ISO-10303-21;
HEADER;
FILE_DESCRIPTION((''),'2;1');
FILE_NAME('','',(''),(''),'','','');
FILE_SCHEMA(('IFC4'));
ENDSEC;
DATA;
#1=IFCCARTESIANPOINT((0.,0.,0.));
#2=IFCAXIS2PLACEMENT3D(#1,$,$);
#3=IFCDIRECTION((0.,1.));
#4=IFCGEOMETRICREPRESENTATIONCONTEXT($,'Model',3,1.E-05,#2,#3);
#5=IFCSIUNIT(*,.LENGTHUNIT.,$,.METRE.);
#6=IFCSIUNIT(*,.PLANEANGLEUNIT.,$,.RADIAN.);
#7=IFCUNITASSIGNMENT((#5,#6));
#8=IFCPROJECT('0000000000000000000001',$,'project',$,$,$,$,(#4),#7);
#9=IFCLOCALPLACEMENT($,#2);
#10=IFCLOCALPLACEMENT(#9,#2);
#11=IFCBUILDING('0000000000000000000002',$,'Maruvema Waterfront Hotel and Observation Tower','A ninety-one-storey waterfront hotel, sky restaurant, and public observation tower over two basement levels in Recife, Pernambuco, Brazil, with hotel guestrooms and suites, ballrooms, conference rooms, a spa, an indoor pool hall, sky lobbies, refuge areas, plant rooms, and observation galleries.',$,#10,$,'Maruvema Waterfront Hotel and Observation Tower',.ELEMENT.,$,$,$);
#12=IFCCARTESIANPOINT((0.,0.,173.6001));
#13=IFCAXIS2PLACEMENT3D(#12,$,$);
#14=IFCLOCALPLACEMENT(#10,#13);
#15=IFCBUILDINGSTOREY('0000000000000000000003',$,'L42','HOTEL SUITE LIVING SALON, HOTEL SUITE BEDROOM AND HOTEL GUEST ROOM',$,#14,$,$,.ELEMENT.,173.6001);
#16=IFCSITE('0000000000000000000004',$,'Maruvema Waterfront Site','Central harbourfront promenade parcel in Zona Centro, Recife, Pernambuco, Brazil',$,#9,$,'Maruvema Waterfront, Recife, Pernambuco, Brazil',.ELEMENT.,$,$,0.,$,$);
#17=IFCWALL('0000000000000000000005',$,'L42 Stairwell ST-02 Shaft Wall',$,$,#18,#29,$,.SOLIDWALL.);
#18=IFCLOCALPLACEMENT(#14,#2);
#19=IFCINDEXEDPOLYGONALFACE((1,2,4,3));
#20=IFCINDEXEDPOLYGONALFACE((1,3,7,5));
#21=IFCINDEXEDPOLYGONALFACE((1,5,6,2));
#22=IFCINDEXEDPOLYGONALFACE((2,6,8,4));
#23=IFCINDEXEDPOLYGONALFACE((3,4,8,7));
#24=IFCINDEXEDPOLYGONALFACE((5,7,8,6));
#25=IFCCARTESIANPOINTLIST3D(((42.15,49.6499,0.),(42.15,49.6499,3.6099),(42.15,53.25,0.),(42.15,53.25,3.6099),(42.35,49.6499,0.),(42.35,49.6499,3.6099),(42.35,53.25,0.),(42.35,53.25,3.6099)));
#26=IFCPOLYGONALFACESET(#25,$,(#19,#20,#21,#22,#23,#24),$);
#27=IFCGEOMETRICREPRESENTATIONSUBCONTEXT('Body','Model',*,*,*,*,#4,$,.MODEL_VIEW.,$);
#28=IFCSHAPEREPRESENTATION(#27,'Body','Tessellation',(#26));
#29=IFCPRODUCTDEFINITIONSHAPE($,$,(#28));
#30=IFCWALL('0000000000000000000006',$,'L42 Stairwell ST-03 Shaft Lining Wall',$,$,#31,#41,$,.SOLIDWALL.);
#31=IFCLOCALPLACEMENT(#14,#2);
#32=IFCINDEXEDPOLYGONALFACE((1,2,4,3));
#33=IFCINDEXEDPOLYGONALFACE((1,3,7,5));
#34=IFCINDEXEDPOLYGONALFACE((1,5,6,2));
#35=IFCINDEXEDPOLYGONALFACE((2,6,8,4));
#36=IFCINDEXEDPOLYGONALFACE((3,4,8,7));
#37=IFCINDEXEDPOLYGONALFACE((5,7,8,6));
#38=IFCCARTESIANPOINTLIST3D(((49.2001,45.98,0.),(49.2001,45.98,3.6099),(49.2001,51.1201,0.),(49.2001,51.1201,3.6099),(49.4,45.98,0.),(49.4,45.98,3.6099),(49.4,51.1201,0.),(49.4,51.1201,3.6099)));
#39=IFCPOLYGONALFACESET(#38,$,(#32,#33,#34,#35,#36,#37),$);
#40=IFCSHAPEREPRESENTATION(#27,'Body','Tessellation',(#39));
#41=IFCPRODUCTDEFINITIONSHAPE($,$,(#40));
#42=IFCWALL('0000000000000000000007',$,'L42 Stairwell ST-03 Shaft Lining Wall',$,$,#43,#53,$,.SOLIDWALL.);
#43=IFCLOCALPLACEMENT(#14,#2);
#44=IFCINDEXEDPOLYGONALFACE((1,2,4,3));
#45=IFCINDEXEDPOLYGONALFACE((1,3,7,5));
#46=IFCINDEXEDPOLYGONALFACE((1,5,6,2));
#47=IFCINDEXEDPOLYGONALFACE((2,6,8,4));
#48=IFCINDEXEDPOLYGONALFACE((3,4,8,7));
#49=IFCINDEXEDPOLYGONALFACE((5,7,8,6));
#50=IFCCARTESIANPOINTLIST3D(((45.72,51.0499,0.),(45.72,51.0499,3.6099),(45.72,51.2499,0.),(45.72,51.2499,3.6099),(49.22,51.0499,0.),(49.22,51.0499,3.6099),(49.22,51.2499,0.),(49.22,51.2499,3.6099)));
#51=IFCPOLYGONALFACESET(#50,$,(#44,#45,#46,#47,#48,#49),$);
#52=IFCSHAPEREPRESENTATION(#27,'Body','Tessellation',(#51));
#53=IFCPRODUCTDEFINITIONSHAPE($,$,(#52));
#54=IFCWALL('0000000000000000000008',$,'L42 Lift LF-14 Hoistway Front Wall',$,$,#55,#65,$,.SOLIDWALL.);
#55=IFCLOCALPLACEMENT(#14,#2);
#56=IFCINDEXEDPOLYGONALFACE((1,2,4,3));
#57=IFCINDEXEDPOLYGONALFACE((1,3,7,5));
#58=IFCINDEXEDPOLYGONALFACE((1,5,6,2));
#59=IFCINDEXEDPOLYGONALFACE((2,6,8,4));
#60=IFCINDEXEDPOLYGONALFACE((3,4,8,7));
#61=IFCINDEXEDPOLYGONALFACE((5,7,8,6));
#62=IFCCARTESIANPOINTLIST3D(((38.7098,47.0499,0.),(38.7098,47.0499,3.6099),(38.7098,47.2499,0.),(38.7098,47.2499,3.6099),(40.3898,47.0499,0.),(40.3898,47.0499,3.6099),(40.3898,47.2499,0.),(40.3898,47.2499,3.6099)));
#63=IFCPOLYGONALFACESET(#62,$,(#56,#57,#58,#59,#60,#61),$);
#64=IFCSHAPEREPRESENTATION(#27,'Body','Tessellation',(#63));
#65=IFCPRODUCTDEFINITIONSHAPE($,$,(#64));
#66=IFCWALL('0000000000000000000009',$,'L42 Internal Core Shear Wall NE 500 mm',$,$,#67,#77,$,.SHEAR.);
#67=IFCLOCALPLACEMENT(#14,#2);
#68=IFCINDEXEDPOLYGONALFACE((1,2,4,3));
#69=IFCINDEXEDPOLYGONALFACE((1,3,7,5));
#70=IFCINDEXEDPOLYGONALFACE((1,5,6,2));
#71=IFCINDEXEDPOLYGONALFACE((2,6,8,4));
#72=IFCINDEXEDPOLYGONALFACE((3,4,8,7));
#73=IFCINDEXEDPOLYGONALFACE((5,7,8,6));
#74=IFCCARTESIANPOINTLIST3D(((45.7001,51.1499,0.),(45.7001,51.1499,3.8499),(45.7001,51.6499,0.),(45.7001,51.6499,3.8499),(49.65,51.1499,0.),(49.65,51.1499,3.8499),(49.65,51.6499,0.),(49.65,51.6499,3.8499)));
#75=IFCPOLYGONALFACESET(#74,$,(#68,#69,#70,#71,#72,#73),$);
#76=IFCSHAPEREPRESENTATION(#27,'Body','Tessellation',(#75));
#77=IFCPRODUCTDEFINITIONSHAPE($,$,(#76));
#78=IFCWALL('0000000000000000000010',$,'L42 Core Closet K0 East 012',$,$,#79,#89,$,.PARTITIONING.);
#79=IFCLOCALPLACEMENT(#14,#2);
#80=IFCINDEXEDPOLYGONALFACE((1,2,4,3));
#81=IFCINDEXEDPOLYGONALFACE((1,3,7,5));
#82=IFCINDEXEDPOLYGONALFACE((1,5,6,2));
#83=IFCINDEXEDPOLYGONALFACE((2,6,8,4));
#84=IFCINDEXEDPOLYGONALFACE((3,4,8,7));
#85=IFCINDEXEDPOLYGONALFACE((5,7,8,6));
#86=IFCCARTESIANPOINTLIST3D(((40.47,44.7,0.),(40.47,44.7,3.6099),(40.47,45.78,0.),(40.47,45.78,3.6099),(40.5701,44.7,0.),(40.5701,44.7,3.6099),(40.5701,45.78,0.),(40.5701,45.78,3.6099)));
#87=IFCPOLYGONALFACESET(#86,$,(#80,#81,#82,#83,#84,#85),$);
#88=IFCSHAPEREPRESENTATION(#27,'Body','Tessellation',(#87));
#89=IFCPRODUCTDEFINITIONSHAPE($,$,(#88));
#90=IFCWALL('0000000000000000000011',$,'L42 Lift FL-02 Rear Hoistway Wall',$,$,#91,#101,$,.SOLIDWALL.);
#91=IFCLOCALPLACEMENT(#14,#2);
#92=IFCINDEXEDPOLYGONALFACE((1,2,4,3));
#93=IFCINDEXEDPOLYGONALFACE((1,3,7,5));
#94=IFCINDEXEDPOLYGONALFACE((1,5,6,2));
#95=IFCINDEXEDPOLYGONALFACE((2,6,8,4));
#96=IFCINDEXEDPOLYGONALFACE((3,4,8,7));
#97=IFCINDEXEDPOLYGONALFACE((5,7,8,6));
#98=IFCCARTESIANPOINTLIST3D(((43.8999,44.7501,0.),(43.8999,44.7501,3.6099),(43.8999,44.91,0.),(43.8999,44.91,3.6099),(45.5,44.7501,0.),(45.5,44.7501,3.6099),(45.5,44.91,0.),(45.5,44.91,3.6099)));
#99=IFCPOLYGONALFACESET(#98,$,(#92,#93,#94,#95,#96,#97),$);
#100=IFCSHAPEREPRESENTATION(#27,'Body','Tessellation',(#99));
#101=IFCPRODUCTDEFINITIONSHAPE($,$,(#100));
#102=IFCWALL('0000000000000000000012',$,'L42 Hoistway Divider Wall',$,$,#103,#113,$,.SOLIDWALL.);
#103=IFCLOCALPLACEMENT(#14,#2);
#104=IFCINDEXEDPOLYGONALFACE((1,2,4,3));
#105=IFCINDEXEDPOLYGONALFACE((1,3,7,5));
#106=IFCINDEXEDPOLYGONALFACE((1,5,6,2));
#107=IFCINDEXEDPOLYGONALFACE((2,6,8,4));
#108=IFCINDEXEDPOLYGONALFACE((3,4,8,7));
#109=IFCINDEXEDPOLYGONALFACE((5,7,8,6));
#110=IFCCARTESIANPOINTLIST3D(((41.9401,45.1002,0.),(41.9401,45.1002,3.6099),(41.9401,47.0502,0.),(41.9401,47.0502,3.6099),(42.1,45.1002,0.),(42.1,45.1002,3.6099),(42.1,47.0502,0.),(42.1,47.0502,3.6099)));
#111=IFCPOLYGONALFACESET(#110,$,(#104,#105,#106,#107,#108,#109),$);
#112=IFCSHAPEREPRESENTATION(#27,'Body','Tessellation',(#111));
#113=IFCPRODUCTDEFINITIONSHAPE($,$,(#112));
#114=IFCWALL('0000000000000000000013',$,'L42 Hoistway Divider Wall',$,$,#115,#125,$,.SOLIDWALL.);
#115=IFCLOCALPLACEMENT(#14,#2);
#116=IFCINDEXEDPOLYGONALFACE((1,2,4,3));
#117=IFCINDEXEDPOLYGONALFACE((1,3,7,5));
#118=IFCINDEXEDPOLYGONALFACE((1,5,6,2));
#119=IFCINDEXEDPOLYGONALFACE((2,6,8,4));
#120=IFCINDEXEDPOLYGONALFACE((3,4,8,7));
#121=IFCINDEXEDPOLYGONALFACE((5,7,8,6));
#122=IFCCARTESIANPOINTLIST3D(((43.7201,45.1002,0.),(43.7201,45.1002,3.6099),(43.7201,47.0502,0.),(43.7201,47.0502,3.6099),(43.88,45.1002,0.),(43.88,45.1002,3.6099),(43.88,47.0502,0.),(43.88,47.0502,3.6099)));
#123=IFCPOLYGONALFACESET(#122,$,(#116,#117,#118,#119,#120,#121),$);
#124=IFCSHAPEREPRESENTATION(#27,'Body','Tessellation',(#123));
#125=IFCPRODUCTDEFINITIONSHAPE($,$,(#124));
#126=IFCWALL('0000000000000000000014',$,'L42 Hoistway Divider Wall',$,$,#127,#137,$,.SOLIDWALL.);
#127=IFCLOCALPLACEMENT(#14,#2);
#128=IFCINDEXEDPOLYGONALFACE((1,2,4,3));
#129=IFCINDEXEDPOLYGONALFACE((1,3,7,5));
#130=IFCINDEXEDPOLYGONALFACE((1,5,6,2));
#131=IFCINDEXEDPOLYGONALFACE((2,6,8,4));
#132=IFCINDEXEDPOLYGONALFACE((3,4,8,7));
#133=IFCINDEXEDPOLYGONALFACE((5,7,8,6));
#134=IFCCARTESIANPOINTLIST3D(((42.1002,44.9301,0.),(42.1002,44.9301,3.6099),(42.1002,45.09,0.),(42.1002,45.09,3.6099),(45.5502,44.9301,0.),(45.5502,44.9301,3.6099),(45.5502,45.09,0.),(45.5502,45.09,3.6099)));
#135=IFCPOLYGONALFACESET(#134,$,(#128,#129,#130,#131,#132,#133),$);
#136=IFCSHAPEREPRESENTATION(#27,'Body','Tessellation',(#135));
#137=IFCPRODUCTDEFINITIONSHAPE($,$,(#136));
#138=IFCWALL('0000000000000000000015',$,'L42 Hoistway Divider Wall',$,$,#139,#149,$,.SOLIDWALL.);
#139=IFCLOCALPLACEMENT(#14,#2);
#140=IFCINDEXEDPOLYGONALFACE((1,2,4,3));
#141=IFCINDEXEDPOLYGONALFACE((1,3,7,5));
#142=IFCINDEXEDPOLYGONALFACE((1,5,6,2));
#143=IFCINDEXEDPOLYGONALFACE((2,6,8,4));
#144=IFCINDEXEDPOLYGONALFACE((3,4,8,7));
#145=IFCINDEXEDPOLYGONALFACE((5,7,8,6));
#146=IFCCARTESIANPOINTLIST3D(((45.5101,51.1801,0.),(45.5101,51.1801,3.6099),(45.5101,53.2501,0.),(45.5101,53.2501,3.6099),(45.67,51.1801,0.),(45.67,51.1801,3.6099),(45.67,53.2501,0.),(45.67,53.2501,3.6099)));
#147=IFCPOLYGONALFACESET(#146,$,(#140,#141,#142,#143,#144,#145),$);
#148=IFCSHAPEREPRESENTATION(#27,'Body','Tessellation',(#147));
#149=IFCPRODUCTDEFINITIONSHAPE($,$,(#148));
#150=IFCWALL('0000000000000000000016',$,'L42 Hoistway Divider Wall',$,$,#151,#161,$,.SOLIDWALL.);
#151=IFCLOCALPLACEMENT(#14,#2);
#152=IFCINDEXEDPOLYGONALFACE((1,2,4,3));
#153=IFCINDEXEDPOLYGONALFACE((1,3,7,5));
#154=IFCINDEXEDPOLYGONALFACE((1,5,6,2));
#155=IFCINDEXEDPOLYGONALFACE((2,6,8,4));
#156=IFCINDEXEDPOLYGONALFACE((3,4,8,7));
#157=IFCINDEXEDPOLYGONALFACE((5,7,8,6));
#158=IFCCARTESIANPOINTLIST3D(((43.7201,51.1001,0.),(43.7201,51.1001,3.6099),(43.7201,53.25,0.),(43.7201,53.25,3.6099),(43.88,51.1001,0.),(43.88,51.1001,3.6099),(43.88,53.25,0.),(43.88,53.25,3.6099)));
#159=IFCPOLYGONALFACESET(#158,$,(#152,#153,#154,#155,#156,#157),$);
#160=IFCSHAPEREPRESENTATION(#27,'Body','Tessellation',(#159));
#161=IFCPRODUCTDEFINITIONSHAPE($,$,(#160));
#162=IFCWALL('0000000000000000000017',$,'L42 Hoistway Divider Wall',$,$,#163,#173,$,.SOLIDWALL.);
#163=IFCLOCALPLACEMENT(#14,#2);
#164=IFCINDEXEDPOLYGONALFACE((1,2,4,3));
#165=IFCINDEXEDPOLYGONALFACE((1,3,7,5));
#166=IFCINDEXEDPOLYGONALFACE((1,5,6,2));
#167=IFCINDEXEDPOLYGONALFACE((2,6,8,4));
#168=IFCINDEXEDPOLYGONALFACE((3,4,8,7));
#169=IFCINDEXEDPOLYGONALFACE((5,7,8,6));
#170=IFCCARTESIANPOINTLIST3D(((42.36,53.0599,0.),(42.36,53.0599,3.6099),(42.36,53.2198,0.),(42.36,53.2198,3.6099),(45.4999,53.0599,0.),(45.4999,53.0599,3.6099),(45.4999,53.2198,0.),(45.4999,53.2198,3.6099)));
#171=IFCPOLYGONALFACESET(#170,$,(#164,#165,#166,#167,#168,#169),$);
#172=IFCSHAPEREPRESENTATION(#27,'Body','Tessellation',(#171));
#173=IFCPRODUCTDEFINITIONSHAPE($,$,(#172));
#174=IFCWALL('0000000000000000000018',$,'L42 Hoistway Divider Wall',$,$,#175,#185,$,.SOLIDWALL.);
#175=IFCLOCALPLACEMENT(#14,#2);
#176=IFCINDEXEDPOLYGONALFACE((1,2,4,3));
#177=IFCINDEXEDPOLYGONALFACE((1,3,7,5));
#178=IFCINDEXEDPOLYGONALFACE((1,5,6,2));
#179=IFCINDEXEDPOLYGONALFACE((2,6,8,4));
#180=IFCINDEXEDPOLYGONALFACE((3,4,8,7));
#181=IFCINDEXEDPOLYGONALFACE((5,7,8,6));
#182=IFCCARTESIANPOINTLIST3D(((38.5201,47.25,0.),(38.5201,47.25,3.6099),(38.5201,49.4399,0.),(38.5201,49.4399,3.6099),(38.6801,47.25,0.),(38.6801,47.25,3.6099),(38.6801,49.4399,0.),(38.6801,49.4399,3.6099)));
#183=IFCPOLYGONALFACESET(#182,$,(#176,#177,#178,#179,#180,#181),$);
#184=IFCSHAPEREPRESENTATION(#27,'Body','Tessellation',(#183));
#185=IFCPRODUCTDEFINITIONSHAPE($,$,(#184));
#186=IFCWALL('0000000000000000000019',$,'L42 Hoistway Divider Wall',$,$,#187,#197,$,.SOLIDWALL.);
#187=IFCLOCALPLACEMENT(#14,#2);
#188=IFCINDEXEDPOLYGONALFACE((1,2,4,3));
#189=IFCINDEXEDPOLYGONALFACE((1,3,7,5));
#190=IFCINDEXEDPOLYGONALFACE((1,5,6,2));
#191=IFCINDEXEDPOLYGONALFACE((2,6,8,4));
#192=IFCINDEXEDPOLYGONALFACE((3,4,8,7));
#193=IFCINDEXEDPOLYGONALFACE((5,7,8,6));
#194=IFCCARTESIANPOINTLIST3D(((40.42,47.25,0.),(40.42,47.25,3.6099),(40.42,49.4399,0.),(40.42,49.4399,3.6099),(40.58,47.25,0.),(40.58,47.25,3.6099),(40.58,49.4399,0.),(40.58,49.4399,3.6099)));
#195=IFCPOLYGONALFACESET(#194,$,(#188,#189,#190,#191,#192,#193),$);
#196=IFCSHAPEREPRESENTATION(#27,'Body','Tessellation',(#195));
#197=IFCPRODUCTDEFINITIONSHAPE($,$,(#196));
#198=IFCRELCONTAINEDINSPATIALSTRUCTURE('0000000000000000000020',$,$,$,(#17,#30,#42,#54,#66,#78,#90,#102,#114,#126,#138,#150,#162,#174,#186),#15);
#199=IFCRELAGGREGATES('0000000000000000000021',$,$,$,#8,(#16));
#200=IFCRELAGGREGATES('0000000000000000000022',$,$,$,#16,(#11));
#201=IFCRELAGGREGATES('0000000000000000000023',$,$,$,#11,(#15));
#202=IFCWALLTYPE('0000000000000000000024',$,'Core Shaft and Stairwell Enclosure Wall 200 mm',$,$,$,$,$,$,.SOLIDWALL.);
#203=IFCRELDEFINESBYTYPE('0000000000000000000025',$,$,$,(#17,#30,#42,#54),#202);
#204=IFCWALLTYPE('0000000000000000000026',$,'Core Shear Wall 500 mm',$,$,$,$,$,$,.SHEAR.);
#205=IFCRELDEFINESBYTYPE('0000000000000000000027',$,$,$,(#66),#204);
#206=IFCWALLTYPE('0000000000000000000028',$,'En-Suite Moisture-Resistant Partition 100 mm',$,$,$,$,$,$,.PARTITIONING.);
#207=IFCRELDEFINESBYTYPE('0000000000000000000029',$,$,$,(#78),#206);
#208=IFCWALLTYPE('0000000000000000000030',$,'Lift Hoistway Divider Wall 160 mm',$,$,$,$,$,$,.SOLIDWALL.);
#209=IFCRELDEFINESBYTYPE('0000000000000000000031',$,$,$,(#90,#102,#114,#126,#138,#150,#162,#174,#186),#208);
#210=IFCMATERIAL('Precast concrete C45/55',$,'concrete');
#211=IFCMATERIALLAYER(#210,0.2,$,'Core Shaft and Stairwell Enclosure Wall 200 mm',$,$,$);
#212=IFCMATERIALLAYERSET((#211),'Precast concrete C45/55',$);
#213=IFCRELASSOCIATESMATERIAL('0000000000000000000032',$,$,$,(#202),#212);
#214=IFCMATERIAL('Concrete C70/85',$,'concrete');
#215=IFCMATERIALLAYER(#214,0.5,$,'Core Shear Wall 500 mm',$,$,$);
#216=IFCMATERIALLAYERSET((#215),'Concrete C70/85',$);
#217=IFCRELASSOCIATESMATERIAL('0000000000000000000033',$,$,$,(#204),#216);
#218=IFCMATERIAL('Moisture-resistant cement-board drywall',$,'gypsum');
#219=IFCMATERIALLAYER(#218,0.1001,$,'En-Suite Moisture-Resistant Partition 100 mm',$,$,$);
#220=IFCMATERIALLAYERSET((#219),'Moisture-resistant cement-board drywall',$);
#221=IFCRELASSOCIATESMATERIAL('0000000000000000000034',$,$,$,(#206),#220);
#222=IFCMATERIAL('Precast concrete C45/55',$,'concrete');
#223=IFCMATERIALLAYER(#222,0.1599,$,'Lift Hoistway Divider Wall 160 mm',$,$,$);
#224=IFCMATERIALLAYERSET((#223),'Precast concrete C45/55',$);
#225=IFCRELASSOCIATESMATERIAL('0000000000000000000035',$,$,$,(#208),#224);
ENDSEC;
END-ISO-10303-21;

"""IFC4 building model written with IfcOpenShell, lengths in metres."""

from ifc_helpers import new_model, si_unit, direction, frame, frame_2d, origin, place, context, subcontext, project, spatial, rectangle, extrude, material, layer, layer_set, type_object, element, save


model = new_model("IFC4")

# Units and contexts
model_context = context("Model", 3, precision=1e-05, world=origin(), true_north=direction((0.0, 1.0)))
body_context = subcontext(model_context, "Body", "Model", "MODEL_VIEW")
ifc_project = project(units=[si_unit("LENGTHUNIT", "METRE"), si_unit("PLANEANGLEUNIT", "RADIAN")], contexts=[model_context])

# Site, building, storey
site_placement = place(None, origin())
site = spatial("IfcSite", under=ifc_project, at=site_placement, Name="Maruvema Waterfront Site", Description="Central harbourfront promenade parcel in Zona Centro, Recife, Pernambuco, Brazil", LongName="Maruvema Waterfront, Recife, Pernambuco, Brazil", CompositionType="ELEMENT", RefElevation=0.0)
building_placement = place(site_placement, origin())
building = spatial("IfcBuilding", under=site, at=building_placement, Name="Maruvema Waterfront Hotel and Observation Tower", Description="A ninety-one-storey waterfront hotel, sky restaurant, and public observation tower over two basement levels in Recife, Pernambuco, Brazil, with hotel guestrooms and suites, ballrooms, conference rooms, a spa, an indoor pool hall, sky lobbies, refuge areas, plant rooms, and observation galleries.", LongName="Maruvema Waterfront Hotel and Observation Tower", CompositionType="ELEMENT")
storey_placement = place(building_placement, frame((0.0, 0.0, 173.6001)))
storey = spatial("IfcBuildingStorey", under=building, at=storey_placement, Name="L42", Description="HOTEL SUITE LIVING SALON, HOTEL SUITE BEDROOM AND HOTEL GUEST ROOM", CompositionType="ELEMENT", Elevation=173.6001)

# Walls
ifc_material_1 = material(Name="Precast concrete C45/55", Category="concrete")
ifc_layer_1 = layer(ifc_material_1, 0.2, Name="Core Shaft and Stairwell Enclosure Wall 200 mm")
ifc_layer_set_1 = layer_set([ifc_layer_1], Name="Precast concrete C45/55")
wall_type_1 = type_object("IfcWallType", Name="Core Shaft and Stairwell Enclosure Wall 200 mm", PredefinedType="SOLIDWALL", material=ifc_layer_set_1)
wall_1_placement = place(storey_placement, frame((42.25, 49.6499, 0.0), z_axis=(0.0, 0.0, 1.0), x_axis=(0.0, 1.0, 0.0)))
element("IfcWall", 1, at=wall_1_placement, inside=storey, type_object=wall_type_1, Name="L42 Stairwell ST-02 Shaft Wall", PredefinedType="SOLIDWALL", context=body_context, shape_type="SweptSolid", body=[
    extrude(rectangle(XDim=3.6001, YDim=0.2, at=frame_2d((1.8, 0.0))), origin(), (0.0, 0.0, 1.0), 3.6099),
])
wall_2_placement = place(storey_placement, frame((49.3, 45.98, 0.0), z_axis=(0.0, 0.0, 1.0), x_axis=(0.0, 1.0, 0.0)))
element("IfcWall", 2, at=wall_2_placement, inside=storey, type_object=wall_type_1, Name="L42 Stairwell ST-03 Shaft Lining Wall", PredefinedType="SOLIDWALL", context=body_context, shape_type="SweptSolid", body=[
    extrude(rectangle(XDim=5.1401, YDim=0.2, at=frame_2d((2.5701, 0.0))), origin(), (0.0, 0.0, 1.0), 3.6099),
])
wall_3_placement = place(storey_placement, frame((45.72, 51.1499, 0.0), z_axis=(0.0, 0.0, 1.0), x_axis=(1.0, 0.0, 0.0)))
element("IfcWall", 3, at=wall_3_placement, inside=storey, type_object=wall_type_1, Name="L42 Stairwell ST-03 Shaft Lining Wall", PredefinedType="SOLIDWALL", context=body_context, shape_type="SweptSolid", body=[
    extrude(rectangle(XDim=3.5, YDim=0.2, at=frame_2d((1.75, 0.0))), origin(), (0.0, 0.0, 1.0), 3.6099),
])

# Walls
wall_4_placement = place(storey_placement, frame((38.71, 47.1499, 0.0), z_axis=(0.0, 0.0, 1.0), x_axis=(1.0, 0.0, 0.0)))
element("IfcWall", 4, at=wall_4_placement, inside=storey, type_object=wall_type_1, Name="L42 Lift LF-14 Hoistway Front Wall", PredefinedType="SOLIDWALL", context=body_context, shape_type="SweptSolid", body=[
    extrude(rectangle(XDim=1.6799, YDim=0.2, at=frame_2d((0.8398, 0.0))), origin(), (0.0, 0.0, 1.0), 3.6099),
])
ifc_material_2 = material(Name="Concrete C70/85", Category="concrete")
ifc_layer_2 = layer(ifc_material_2, 0.5, Name="Core Shear Wall 500 mm")
ifc_layer_set_2 = layer_set([ifc_layer_2], Name="Concrete C70/85")
wall_type_2 = type_object("IfcWallType", Name="Core Shear Wall 500 mm", PredefinedType="SHEAR", material=ifc_layer_set_2)
wall_5_placement = place(storey_placement, frame((45.7, 51.3999, 0.0), z_axis=(0.0, 0.0, 1.0), x_axis=(1.0, 0.0, 0.0)))
element("IfcWall", 5, at=wall_5_placement, inside=storey, type_object=wall_type_2, Name="L42 Internal Core Shear Wall NE 500 mm", PredefinedType="SHEAR", context=body_context, shape_type="SweptSolid", body=[
    extrude(rectangle(XDim=3.95, YDim=0.5, at=frame_2d((1.9751, 0.0))), origin(), (0.0, 0.0, 1.0), 3.8499),
])
ifc_material_3 = material(Name="Moisture-resistant cement-board drywall", Category="gypsum")
ifc_layer_3 = layer(ifc_material_3, 0.1001, Name="En-Suite Moisture-Resistant Partition 100 mm")
ifc_layer_set_3 = layer_set([ifc_layer_3], Name="Moisture-resistant cement-board drywall")
wall_type_3 = type_object("IfcWallType", Name="En-Suite Moisture-Resistant Partition 100 mm", PredefinedType="PARTITIONING", material=ifc_layer_set_3)
wall_6_placement = place(storey_placement, frame((40.52, 44.7, 0.0), z_axis=(0.0, 0.0, 1.0), x_axis=(0.0, 1.0, 0.0)))
element("IfcWall", 6, at=wall_6_placement, inside=storey, type_object=wall_type_3, Name="L42 Core Closet K0 East 012", PredefinedType="PARTITIONING", context=body_context, shape_type="SweptSolid", body=[
    extrude(rectangle(XDim=1.0801, YDim=0.1001, at=frame_2d((0.54, 0.0))), origin(), (0.0, 0.0, 1.0), 3.6099),
])
ifc_material_4 = material(Name="Precast concrete C45/55", Category="concrete")
ifc_layer_4 = layer(ifc_material_4, 0.1599, Name="Lift Hoistway Divider Wall 160 mm")
ifc_layer_set_4 = layer_set([ifc_layer_4], Name="Precast concrete C45/55")
wall_type_4 = type_object("IfcWallType", Name="Lift Hoistway Divider Wall 160 mm", PredefinedType="SOLIDWALL", material=ifc_layer_set_4)
wall_7_placement = place(storey_placement, frame((43.8999, 44.8301, 0.0), z_axis=(0.0, 0.0, 1.0), x_axis=(1.0, 0.0, 0.0)))
element("IfcWall", 7, at=wall_7_placement, inside=storey, type_object=wall_type_4, Name="L42 Lift FL-02 Rear Hoistway Wall", PredefinedType="SOLIDWALL", context=body_context, shape_type="SweptSolid", body=[
    extrude(rectangle(XDim=1.6001, YDim=0.1599, at=frame_2d((0.8, 0.0))), origin(), (0.0, 0.0, 1.0), 3.6099),
])
for number, where, z_axis, x_axis, name in (
    (8, (42.02, 45.1001, 0.0), (0.0, 0.0, 1.0), (0.0, 1.0, 0.0), "L42 Hoistway Divider Wall"),
    (9, (43.8, 45.1001, 0.0), (0.0, 0.0, 1.0), (0.0, 1.0, 0.0), "L42 Hoistway Divider Wall"),
):
    element("IfcWall", number, at=place(storey_placement, frame(where, z_axis=z_axis, x_axis=x_axis)), inside=storey, type_object=wall_type_4, Name=name, PredefinedType="SOLIDWALL", context=body_context, shape_type="SweptSolid", body=[
        extrude(rectangle(XDim=1.95, YDim=0.1599, at=frame_2d((0.9751, 0.0))), origin(), (0.0, 0.0, 1.0), 3.6099),
    ])
wall_8_placement = place(storey_placement, frame((42.1001, 45.01, 0.0), z_axis=(0.0, 0.0, 1.0), x_axis=(1.0, 0.0, 0.0)))
element("IfcWall", 10, at=wall_8_placement, inside=storey, type_object=wall_type_4, Name="L42 Hoistway Divider Wall", PredefinedType="SOLIDWALL", context=body_context, shape_type="SweptSolid", body=[
    extrude(rectangle(XDim=3.45, YDim=0.1599, at=frame_2d((1.7251, 0.0))), origin(), (0.0, 0.0, 1.0), 3.6099),
])
wall_9_placement = place(storey_placement, frame((45.5901, 51.1799, 0.0), z_axis=(0.0, 0.0, 1.0), x_axis=(0.0, 1.0, 0.0)))
element("IfcWall", 11, at=wall_9_placement, inside=storey, type_object=wall_type_4, Name="L42 Hoistway Divider Wall", PredefinedType="SOLIDWALL", context=body_context, shape_type="SweptSolid", body=[
    extrude(rectangle(XDim=2.0701, YDim=0.1599, at=frame_2d((1.0352, 0.0))), origin(), (0.0, 0.0, 1.0), 3.6099),
])
wall_10_placement = place(storey_placement, frame((43.8, 51.1001, 0.0), z_axis=(0.0, 0.0, 1.0), x_axis=(0.0, 1.0, 0.0)))
element("IfcWall", 12, at=wall_10_placement, inside=storey, type_object=wall_type_4, Name="L42 Hoistway Divider Wall", PredefinedType="SOLIDWALL", context=body_context, shape_type="SweptSolid", body=[
    extrude(rectangle(XDim=2.1499, YDim=0.1599, at=frame_2d((1.075, 0.0))), origin(), (0.0, 0.0, 1.0), 3.6099),
])
wall_11_placement = place(storey_placement, frame((42.3601, 53.1399, 0.0), z_axis=(0.0, 0.0, 1.0), x_axis=(1.0, 0.0, 0.0)))
element("IfcWall", 13, at=wall_11_placement, inside=storey, type_object=wall_type_4, Name="L42 Hoistway Divider Wall", PredefinedType="SOLIDWALL", context=body_context, shape_type="SweptSolid", body=[
    extrude(rectangle(XDim=3.1399, YDim=0.1599, at=frame_2d((1.5698, 0.0))), origin(), (0.0, 0.0, 1.0), 3.6099),
])
for number, where, z_axis, x_axis, name in (
    (14, (38.6001, 47.25, 0.0), (0.0, 0.0, 1.0), (0.0, 1.0, 0.0), "L42 Hoistway Divider Wall"),
    (15, (40.5, 47.25, 0.0), (0.0, 0.0, 1.0), (0.0, 1.0, 0.0), "L42 Hoistway Divider Wall"),
):
    element("IfcWall", number, at=place(storey_placement, frame(where, z_axis=z_axis, x_axis=x_axis)), inside=storey, type_object=wall_type_4, Name=name, PredefinedType="SOLIDWALL", context=body_context, shape_type="SweptSolid", body=[
        extrude(rectangle(XDim=2.1899, YDim=0.1599, at=frame_2d((1.095, 0.0))), origin(), (0.0, 0.0, 1.0), 3.6099),
    ])

save(model, "model.ifc")
